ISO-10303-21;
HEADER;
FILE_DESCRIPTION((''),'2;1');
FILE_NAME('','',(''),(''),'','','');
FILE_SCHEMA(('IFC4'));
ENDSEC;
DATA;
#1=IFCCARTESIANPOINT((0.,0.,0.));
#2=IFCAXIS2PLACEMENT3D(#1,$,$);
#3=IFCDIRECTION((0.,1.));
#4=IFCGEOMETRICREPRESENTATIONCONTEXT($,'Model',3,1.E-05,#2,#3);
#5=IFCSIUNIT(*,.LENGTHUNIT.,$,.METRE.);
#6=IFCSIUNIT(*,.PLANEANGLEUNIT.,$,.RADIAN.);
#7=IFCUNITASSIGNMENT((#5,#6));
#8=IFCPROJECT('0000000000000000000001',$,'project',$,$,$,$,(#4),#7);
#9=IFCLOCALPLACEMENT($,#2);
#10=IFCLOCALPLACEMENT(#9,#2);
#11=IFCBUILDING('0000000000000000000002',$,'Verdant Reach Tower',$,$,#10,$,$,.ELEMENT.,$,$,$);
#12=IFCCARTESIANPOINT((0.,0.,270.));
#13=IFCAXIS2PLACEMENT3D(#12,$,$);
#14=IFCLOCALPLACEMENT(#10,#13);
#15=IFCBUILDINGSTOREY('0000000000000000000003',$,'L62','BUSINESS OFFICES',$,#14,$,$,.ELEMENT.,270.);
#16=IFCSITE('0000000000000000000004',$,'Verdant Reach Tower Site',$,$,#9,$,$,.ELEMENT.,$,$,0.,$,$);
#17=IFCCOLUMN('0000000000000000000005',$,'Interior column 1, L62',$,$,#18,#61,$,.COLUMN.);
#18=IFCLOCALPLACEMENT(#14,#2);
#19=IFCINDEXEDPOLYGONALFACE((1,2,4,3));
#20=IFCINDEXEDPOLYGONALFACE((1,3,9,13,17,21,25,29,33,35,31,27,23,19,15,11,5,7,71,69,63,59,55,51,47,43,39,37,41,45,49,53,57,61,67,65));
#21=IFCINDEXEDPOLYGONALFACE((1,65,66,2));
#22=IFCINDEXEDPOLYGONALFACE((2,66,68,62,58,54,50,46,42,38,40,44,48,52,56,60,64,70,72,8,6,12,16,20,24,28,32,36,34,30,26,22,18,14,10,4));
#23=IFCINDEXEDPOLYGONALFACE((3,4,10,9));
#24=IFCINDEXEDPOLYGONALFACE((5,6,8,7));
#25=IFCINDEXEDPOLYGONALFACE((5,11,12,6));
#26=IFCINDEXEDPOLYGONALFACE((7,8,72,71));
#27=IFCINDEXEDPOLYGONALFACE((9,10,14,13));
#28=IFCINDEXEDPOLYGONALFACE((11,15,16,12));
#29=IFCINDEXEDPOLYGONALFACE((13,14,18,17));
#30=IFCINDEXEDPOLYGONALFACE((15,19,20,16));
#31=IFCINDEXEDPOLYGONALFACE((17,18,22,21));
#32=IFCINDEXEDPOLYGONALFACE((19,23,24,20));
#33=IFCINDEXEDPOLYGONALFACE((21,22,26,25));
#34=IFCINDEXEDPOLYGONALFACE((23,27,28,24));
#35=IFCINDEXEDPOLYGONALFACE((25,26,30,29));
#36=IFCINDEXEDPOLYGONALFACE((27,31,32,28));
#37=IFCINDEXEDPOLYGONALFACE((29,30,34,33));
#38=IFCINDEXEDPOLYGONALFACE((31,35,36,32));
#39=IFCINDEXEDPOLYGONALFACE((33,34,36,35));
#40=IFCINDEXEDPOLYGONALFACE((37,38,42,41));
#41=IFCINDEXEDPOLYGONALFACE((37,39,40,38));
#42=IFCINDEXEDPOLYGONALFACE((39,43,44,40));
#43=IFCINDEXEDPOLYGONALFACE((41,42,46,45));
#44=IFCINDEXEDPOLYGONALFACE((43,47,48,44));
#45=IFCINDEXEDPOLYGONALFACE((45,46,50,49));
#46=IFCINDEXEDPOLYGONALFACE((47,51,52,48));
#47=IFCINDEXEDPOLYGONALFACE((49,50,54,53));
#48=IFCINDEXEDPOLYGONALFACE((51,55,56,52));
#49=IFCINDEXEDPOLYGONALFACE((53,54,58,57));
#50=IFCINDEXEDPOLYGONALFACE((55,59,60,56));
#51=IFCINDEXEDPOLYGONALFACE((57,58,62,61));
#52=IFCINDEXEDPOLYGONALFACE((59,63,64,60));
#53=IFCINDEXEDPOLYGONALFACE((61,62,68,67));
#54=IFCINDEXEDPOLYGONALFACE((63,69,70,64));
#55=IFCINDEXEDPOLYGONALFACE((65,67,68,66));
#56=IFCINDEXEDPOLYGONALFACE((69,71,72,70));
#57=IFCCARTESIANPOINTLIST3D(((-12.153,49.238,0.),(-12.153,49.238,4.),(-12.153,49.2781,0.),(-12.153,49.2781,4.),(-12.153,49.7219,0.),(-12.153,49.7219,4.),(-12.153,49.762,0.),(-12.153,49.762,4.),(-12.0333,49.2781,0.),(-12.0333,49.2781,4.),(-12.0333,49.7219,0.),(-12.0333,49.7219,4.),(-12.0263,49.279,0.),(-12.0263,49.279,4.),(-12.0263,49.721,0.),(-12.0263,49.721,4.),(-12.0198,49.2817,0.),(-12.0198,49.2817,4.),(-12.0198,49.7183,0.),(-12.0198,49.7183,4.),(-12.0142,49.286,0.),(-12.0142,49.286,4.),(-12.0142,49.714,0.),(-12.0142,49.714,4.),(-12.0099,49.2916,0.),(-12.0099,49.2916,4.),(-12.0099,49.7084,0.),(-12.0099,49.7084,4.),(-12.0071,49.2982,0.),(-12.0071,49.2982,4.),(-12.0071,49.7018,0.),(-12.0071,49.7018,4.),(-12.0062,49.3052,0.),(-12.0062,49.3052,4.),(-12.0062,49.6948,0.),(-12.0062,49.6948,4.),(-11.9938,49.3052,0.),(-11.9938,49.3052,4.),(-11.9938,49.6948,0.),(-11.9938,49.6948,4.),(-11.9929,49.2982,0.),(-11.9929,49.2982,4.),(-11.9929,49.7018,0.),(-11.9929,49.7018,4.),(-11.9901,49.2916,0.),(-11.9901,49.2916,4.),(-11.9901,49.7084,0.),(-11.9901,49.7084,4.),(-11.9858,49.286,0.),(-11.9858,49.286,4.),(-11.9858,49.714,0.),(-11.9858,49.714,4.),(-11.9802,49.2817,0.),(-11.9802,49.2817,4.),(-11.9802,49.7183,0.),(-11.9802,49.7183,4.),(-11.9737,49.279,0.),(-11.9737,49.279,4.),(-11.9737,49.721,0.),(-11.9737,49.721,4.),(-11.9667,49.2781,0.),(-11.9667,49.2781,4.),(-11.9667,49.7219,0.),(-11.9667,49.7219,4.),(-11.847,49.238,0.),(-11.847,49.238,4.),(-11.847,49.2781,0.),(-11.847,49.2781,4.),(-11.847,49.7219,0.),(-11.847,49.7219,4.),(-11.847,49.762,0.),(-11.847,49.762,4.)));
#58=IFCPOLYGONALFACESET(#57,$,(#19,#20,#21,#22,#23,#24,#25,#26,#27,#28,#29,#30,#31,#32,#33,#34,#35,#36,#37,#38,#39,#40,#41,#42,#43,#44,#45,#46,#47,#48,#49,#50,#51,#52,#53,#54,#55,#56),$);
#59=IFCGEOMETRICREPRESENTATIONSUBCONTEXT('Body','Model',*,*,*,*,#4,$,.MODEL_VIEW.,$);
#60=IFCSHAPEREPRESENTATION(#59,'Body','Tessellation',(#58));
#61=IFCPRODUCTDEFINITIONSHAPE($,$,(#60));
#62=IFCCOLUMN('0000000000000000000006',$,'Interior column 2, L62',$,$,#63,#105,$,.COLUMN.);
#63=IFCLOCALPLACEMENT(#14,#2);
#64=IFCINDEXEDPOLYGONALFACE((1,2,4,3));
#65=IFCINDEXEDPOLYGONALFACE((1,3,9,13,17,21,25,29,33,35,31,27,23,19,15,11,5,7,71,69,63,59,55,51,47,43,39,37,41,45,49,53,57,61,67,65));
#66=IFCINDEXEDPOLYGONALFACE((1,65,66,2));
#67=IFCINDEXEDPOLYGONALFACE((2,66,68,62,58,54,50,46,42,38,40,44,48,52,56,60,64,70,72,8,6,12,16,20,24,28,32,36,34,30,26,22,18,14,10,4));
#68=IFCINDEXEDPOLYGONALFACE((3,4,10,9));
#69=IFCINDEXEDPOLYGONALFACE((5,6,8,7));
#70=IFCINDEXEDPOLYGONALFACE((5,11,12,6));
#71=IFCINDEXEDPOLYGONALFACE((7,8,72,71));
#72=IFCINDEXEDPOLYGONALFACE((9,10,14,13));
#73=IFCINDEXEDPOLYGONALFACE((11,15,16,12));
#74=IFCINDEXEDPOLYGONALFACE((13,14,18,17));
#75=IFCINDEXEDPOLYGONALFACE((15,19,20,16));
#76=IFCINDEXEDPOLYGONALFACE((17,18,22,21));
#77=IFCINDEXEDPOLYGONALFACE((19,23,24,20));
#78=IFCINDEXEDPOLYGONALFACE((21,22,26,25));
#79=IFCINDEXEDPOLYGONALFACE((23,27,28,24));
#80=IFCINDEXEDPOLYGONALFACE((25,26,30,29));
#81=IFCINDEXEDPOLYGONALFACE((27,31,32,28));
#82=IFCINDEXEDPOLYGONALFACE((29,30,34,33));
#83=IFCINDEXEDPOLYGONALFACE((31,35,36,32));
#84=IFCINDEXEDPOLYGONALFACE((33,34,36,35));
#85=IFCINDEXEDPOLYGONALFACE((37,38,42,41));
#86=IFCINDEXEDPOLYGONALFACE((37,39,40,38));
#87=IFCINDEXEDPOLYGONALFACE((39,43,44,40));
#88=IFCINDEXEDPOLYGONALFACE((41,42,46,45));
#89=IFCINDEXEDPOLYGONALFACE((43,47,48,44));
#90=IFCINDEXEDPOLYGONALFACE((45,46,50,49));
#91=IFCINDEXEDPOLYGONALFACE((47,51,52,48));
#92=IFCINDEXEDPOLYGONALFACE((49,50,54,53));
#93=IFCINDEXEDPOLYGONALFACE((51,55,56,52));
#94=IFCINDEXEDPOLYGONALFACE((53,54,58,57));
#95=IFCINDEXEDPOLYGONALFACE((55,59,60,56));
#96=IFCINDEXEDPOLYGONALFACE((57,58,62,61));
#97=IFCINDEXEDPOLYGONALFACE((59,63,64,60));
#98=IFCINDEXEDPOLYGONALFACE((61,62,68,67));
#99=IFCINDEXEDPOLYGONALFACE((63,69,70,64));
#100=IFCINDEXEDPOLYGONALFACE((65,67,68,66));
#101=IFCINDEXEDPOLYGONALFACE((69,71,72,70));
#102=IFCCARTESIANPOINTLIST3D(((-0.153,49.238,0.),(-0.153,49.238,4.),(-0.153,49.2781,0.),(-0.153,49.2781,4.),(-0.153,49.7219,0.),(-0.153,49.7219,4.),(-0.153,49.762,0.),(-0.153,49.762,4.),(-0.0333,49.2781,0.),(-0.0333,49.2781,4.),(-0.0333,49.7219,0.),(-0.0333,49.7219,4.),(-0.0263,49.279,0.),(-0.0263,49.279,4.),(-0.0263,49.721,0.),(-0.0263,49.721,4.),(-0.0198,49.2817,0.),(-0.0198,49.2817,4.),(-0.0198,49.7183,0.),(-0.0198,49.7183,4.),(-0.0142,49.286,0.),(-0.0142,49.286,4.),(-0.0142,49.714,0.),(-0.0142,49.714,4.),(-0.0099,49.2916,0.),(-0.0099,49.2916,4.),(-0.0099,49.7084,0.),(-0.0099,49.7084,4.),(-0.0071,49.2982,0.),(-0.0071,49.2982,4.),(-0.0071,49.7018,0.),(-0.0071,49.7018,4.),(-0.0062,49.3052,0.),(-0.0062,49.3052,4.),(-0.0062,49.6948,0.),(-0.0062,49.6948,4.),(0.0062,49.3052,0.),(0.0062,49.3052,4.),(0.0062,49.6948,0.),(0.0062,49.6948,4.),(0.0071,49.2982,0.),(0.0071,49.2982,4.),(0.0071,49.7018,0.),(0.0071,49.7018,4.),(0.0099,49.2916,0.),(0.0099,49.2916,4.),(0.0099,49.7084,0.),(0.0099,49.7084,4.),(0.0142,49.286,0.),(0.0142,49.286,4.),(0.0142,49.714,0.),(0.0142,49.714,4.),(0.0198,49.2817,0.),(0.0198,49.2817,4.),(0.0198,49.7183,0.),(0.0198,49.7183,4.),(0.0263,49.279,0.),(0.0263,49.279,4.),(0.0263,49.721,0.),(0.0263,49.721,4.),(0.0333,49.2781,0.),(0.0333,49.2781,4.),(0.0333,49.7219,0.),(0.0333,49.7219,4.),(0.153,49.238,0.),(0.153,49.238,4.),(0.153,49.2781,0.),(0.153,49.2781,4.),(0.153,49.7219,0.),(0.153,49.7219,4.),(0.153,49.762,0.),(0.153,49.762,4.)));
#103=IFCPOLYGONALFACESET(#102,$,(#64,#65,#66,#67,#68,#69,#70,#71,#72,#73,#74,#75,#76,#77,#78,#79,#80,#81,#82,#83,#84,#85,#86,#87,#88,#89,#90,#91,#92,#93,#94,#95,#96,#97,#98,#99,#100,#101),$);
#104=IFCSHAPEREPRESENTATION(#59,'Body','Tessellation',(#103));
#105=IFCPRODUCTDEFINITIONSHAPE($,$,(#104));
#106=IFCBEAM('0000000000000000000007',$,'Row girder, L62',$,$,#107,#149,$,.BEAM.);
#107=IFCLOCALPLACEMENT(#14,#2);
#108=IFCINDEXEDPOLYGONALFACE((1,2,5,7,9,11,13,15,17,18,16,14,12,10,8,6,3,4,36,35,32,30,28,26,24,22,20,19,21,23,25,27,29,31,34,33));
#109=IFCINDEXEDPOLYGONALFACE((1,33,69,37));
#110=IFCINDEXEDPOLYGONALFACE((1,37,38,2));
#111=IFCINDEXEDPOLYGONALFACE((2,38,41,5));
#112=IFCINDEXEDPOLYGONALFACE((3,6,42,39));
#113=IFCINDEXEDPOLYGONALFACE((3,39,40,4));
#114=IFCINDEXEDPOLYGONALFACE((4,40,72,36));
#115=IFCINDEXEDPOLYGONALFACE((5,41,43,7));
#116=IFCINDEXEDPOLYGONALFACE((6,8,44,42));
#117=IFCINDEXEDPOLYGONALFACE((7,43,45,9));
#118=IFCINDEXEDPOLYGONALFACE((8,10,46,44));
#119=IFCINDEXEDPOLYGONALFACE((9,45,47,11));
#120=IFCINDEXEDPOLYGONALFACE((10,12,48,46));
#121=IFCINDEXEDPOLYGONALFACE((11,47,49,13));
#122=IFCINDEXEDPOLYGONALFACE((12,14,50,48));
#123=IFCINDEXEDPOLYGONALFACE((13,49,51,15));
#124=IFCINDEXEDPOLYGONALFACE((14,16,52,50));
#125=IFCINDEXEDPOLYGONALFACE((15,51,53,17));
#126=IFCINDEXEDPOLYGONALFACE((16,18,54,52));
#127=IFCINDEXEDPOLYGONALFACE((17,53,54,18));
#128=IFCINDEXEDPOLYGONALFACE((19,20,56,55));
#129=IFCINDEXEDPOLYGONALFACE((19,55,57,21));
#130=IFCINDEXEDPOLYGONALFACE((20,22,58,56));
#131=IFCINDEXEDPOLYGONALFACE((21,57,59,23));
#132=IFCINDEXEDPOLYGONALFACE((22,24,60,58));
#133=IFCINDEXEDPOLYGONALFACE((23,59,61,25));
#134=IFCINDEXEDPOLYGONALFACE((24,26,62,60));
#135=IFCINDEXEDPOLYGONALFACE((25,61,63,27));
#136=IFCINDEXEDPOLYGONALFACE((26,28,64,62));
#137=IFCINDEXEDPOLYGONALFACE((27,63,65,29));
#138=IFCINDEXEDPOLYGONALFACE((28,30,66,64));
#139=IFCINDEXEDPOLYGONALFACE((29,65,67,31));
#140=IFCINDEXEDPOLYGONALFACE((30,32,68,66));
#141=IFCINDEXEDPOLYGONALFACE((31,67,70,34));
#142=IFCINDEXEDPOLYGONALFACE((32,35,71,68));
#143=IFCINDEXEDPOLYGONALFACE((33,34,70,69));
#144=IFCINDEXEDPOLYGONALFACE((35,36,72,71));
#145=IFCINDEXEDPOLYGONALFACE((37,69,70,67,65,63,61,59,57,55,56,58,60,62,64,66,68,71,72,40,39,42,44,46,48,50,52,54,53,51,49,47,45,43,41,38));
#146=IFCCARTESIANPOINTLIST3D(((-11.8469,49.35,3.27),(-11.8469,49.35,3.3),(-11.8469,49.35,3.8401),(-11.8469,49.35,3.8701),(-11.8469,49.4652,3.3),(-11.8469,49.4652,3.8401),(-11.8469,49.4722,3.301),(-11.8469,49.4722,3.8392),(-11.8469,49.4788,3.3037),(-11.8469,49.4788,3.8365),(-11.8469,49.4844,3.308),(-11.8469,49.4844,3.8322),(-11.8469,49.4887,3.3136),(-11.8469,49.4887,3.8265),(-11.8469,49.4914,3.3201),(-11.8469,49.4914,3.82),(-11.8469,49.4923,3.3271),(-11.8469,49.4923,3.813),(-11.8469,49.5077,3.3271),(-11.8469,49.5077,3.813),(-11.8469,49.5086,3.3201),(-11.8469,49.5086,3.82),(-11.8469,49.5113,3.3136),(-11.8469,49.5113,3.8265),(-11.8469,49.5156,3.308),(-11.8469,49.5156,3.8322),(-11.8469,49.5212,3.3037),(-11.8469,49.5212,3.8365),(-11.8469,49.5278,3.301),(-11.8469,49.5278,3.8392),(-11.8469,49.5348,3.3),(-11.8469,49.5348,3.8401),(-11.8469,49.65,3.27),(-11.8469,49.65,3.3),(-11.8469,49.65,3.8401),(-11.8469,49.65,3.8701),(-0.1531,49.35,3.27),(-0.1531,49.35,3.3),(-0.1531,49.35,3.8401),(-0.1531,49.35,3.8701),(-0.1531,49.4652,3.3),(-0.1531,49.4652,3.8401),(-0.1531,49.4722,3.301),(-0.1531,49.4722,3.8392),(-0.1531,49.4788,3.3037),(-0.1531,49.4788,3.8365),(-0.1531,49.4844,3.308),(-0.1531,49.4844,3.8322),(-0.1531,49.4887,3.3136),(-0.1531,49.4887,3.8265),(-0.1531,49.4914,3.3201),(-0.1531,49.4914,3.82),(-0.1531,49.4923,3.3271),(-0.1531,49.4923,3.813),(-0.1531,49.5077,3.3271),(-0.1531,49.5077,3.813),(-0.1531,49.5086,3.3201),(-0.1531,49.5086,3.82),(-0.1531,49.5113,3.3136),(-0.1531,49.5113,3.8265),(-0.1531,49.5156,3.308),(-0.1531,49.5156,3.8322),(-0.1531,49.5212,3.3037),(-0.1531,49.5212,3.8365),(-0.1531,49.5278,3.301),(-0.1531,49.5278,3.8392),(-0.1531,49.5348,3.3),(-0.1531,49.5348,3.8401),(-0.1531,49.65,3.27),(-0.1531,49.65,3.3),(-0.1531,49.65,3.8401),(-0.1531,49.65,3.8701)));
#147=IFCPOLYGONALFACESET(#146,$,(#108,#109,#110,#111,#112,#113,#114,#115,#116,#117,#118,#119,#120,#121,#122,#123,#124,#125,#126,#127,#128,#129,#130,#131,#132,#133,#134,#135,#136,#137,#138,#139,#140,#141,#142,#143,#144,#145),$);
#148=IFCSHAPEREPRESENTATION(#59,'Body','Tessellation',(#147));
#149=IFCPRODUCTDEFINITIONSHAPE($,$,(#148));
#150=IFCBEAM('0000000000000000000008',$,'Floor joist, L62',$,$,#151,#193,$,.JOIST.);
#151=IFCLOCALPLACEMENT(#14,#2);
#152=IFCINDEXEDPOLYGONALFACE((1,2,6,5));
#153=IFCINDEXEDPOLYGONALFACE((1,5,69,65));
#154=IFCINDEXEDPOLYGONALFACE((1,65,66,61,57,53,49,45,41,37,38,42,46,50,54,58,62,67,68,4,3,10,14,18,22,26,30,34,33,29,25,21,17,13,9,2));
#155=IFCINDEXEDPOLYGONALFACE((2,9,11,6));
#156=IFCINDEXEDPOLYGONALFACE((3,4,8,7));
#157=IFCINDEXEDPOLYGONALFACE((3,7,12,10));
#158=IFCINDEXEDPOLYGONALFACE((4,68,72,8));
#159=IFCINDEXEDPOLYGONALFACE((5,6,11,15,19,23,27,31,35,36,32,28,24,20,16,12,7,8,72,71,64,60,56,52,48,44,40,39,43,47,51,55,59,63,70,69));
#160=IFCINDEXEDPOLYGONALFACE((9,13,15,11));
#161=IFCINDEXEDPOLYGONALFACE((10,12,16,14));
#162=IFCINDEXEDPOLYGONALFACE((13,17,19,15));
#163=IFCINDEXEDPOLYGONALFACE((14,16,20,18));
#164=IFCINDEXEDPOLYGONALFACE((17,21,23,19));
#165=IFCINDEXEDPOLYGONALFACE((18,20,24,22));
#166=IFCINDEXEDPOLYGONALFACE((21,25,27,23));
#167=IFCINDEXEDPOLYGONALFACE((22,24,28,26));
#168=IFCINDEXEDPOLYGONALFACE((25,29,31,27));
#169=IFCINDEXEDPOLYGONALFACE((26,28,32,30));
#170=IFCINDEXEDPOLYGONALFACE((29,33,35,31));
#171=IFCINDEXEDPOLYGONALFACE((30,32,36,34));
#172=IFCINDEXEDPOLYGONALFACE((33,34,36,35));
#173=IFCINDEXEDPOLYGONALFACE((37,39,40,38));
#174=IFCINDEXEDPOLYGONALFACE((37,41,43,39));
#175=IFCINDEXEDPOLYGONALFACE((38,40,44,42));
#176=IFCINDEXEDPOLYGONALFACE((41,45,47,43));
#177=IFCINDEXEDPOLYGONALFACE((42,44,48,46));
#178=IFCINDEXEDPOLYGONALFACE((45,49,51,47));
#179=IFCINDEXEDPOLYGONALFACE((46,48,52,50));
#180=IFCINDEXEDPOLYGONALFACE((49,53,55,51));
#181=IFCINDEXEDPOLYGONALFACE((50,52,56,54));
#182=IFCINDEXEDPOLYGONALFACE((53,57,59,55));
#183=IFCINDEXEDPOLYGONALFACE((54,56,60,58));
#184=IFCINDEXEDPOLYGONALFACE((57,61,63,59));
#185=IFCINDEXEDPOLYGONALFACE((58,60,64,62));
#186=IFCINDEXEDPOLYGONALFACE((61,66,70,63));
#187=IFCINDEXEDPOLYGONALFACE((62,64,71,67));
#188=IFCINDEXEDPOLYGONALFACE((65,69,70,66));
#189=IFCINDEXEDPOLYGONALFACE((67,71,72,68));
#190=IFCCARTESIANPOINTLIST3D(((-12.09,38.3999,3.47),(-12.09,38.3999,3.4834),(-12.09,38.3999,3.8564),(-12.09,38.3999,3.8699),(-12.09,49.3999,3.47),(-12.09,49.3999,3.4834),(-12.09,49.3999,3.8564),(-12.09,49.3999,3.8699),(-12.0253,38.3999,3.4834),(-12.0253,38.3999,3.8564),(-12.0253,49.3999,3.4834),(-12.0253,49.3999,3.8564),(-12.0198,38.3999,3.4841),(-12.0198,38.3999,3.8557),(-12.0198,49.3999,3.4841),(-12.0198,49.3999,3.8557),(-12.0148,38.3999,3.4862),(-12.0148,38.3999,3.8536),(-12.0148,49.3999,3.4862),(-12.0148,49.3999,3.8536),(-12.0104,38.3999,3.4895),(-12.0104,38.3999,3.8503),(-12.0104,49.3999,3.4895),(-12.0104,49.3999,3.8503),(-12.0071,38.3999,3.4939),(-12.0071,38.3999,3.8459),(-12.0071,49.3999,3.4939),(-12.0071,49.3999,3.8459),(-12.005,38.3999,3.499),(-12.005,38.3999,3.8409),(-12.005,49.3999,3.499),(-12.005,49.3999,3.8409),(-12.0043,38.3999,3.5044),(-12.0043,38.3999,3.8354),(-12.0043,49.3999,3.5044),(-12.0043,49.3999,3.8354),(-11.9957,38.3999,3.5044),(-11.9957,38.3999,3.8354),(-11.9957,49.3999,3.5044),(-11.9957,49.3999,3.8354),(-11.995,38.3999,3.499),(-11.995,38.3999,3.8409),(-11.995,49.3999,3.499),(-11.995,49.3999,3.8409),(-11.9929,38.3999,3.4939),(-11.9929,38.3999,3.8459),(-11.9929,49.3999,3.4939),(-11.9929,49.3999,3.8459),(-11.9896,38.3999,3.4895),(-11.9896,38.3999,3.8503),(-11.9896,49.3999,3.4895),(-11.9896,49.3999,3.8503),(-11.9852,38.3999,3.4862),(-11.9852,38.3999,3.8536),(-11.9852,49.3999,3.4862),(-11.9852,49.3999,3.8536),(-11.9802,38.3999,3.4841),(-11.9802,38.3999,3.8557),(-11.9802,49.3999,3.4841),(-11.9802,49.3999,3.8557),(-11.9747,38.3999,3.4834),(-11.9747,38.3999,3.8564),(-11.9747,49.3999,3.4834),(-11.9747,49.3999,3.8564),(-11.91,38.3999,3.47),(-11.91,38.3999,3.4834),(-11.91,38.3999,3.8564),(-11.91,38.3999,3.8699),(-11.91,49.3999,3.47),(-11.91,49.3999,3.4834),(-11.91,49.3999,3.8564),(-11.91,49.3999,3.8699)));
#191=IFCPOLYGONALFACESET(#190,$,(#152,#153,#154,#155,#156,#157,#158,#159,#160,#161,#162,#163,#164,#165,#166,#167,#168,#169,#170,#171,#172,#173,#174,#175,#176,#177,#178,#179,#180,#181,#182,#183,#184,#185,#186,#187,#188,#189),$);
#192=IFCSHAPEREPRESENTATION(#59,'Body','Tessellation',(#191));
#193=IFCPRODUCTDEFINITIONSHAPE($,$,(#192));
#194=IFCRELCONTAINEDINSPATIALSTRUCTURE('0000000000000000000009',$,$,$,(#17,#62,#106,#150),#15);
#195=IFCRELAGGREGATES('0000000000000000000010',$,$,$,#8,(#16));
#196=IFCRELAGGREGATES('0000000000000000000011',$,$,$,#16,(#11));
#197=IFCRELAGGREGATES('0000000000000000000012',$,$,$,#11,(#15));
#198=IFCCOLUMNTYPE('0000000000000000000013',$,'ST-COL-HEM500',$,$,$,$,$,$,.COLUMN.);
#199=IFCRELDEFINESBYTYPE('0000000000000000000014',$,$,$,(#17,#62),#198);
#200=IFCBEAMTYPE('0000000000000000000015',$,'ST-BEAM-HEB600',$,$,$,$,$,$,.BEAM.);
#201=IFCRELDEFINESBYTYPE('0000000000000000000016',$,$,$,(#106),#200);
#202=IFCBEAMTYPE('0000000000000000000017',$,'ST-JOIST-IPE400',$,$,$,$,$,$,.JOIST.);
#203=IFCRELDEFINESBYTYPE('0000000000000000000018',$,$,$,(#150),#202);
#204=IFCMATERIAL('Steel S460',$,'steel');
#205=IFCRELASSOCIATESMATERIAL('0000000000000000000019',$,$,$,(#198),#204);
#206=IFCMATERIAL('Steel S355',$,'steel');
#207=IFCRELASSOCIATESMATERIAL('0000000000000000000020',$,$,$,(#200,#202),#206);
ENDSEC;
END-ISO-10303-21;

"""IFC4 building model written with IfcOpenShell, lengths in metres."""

from ifc_helpers import new_model, si_unit, direction, frame, origin, origin_2d, place, context, subcontext, project, spatial, i_section, extrude, material, material_profile, profile_set, type_object, element, save


model = new_model("IFC4")

# Units and contexts
model_context = context("Model", 3, precision=1e-05, world=origin(), true_north=direction((0.0, 1.0)))
body_context = subcontext(model_context, "Body", "Model", "MODEL_VIEW")
ifc_project = project(units=[si_unit("LENGTHUNIT", "METRE"), si_unit("PLANEANGLEUNIT", "RADIAN")], contexts=[model_context])

# Site, building, storey
site_placement = place(None, origin())
site = spatial("IfcSite", under=ifc_project, at=site_placement, Name="Verdant Reach Tower Site", CompositionType="ELEMENT", RefElevation=0.0)
building_placement = place(site_placement, origin())
building = spatial("IfcBuilding", under=site, at=building_placement, Name="Verdant Reach Tower", CompositionType="ELEMENT")
storey_placement = place(building_placement, frame((0.0, 0.0, 270.0)))
storey = spatial("IfcBuildingStorey", under=building, at=storey_placement, Name="L62", Description="BUSINESS OFFICES", CompositionType="ELEMENT", Elevation=270.0)

# Columns
ifc_material_1 = material(Name="Steel S460", Category="steel")
ifc_material_profile_1 = material_profile(ifc_material_1, i_section(OverallWidth=0.3059, OverallDepth=0.5239, WebThickness=0.0125, FlangeThickness=0.04, FilletRadius=0.0271, at=origin_2d()), Name="HEM 500")
ifc_profile_set_1 = profile_set([ifc_material_profile_1], Name="Steel S460")
column_type = type_object("IfcColumnType", Name="ST-COL-HEM500", PredefinedType="COLUMN", material=ifc_profile_set_1)
for number, where, z_axis, x_axis, name in (
    (1, (-12.0, 49.5, 0.0), (0.0, 0.0, 1.0), (1.0, 0.0, 0.0), "Interior column 1, L62"),
    (2, (0.0, 49.5, 0.0), (0.0, 0.0, 1.0), (1.0, 0.0, 0.0), "Interior column 2, L62"),
):
    element("IfcColumn", number, at=place(storey_placement, frame(where, z_axis=z_axis, x_axis=x_axis)), inside=storey, type_object=column_type, Name=name, PredefinedType="COLUMN", context=body_context, shape_type="SweptSolid", body=[
        extrude(i_section(OverallWidth=0.3059, OverallDepth=0.5239, WebThickness=0.0125, FlangeThickness=0.04, FilletRadius=0.0271, at=origin_2d()), origin(), (0.0, 0.0, 1.0), 4.0),
    ])

# Beams
ifc_material_2 = material(Name="Steel S355", Category="steel")
ifc_material_profile_2 = material_profile(ifc_material_2, i_section(OverallWidth=0.3, OverallDepth=0.6001, WebThickness=0.0154, FlangeThickness=0.03, FilletRadius=0.0271, at=origin_2d()), Name="HEB 600")
ifc_profile_set_2 = profile_set([ifc_material_profile_2], Name="Steel S355")
beam_type_1 = type_object("IfcBeamType", Name="ST-BEAM-HEB600", PredefinedType="BEAM", material=ifc_profile_set_2)
beam_1_placement = place(storey_placement, frame((-11.8469, 49.5, 3.5701), z_axis=(1.0, 0.0, 0.0), x_axis=(0.0, 1.0, 0.0)))
element("IfcBeam", 3, at=beam_1_placement, inside=storey, type_object=beam_type_1, Name="Row girder, L62", PredefinedType="BEAM", context=body_context, shape_type="SweptSolid", body=[
    extrude(i_section(OverallWidth=0.3, OverallDepth=0.6001, WebThickness=0.0154, FlangeThickness=0.03, FilletRadius=0.0271, at=origin_2d()), origin(), (0.0, 0.0, 1.0), 11.6938),
])
ifc_material_profile_3 = material_profile(ifc_material_2, i_section(OverallWidth=0.1799, OverallDepth=0.3999, WebThickness=0.0085, FlangeThickness=0.0134, FilletRadius=0.021, at=origin_2d()), Name="IPE 400")
ifc_profile_set_3 = profile_set([ifc_material_profile_3], Name="Steel S355")
beam_type_2 = type_object("IfcBeamType", Name="ST-JOIST-IPE400", PredefinedType="JOIST", material=ifc_profile_set_3)
for number, where, z_axis, x_axis, name in (
    (4, (-12.0, 38.3999, 3.6699), (0.0, 1.0, 0.0), (-1.0, 0.0, 0.0), "Floor joist, L62"),
):
    element("IfcBeam", number, at=place(storey_placement, frame(where, z_axis=z_axis, x_axis=x_axis)), inside=storey, type_object=beam_type_2, Name=name, PredefinedType="JOIST", context=body_context, shape_type="SweptSolid", body=[
        extrude(i_section(OverallWidth=0.1799, OverallDepth=0.3999, WebThickness=0.0085, FlangeThickness=0.0134, FilletRadius=0.021, at=origin_2d()), origin(), (0.0, 0.0, 1.0), 11.0),
    ])

save(model, "model.ifc")
